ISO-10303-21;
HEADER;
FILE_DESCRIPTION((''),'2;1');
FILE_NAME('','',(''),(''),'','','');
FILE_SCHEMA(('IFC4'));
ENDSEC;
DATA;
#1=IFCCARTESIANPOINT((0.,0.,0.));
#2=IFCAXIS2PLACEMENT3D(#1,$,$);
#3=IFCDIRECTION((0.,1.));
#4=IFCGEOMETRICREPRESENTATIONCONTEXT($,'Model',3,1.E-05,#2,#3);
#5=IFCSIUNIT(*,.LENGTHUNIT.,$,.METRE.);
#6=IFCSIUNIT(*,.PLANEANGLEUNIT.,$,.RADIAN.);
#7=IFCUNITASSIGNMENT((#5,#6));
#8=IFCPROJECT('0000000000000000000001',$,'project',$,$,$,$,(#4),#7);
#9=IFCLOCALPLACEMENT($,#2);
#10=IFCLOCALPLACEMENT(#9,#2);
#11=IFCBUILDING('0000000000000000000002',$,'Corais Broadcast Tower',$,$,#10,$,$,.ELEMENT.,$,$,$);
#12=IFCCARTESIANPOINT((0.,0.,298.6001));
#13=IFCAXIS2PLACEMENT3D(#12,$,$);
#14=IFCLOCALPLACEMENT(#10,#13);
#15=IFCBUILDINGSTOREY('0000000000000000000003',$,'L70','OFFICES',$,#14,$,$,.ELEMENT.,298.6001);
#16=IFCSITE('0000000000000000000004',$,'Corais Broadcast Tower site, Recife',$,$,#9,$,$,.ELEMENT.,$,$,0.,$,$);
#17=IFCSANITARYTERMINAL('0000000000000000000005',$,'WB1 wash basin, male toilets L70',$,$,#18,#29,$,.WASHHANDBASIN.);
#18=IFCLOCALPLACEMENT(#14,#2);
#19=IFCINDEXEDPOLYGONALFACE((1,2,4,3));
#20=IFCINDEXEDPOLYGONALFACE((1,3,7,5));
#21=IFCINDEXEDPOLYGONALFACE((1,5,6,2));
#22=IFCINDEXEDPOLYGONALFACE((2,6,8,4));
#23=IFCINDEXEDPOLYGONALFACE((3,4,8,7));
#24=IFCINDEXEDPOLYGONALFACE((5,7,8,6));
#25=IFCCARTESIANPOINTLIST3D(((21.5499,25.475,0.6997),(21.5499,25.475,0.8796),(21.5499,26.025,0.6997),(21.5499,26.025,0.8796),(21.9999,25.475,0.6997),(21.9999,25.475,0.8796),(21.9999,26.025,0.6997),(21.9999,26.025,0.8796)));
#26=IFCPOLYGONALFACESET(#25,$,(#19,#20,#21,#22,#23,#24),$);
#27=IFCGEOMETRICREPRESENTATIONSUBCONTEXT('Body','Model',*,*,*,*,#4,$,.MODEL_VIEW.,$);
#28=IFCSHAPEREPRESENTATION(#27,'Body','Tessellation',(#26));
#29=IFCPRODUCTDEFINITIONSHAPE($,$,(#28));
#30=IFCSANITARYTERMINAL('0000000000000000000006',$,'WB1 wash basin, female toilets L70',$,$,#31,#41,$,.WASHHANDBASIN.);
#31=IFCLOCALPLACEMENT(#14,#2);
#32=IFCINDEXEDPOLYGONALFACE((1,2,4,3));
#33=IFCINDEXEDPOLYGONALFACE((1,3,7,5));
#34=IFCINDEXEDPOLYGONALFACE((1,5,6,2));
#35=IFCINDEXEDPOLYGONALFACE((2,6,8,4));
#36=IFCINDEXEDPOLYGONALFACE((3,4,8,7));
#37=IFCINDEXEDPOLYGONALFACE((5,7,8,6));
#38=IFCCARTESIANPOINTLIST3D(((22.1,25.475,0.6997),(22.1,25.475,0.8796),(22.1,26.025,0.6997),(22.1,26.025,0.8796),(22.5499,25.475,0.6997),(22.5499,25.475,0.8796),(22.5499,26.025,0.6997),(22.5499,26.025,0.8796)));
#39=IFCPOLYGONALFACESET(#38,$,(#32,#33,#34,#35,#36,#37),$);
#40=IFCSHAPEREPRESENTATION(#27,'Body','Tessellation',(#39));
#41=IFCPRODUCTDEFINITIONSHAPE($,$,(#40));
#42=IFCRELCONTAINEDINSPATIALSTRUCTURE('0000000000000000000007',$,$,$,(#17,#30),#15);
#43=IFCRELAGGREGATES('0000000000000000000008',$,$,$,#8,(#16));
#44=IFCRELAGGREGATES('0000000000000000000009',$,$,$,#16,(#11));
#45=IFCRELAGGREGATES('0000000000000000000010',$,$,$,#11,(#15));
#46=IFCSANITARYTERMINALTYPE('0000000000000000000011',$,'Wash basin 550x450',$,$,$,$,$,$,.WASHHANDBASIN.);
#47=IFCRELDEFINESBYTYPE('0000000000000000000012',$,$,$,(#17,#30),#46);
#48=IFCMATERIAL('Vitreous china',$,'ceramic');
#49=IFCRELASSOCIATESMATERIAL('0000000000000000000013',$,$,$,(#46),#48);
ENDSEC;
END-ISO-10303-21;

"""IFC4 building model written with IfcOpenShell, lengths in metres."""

from ifc_helpers import new_model, si_unit, direction, frame, origin, origin_2d, place, context, subcontext, project, spatial, rectangle, extrude, material, type_object, element, save


model = new_model("IFC4")

# Units and contexts
model_context = context("Model", 3, precision=1e-05, world=origin(), true_north=direction((0.0, 1.0)))
body_context = subcontext(model_context, "Body", "Model", "MODEL_VIEW")
ifc_project = project(units=[si_unit("LENGTHUNIT", "METRE"), si_unit("PLANEANGLEUNIT", "RADIAN")], contexts=[model_context])

# Site, building, storey
site_placement = place(None, origin())
site = spatial("IfcSite", under=ifc_project, at=site_placement, Name="Corais Broadcast Tower site, Recife", CompositionType="ELEMENT", RefElevation=0.0)
building_placement = place(site_placement, origin())
building = spatial("IfcBuilding", under=site, at=building_placement, Name="Corais Broadcast Tower", CompositionType="ELEMENT")
storey_placement = place(building_placement, frame((0.0, 0.0, 298.6001)))
storey = spatial("IfcBuildingStorey", under=building, at=storey_placement, Name="L70", Description="OFFICES", CompositionType="ELEMENT", Elevation=298.6001)

# Sanitary terminals
ifc_material_1 = material(Name="Vitreous china", Category="ceramic")
sanitary_terminal_type_1 = type_object("IfcSanitaryTerminalType", Name="Wash basin 550x450", PredefinedType="WASHHANDBASIN", material=ifc_material_1)
for number, where, z_axis, x_axis, name in (
    (1, (21.7749, 25.75, 0.6997), (0.0, 0.0, 1.0), (1.0, 0.0, 0.0), "WB1 wash basin, male toilets L70"),
    (2, (22.325, 25.75, 0.6997), (0.0, 0.0, 1.0), (1.0, 0.0, 0.0), "WB1 wash basin, female toilets L70"),
):
    element("IfcSanitaryTerminal", number, at=place(storey_placement, frame(where, z_axis=z_axis, x_axis=x_axis)), inside=storey, type_object=sanitary_terminal_type_1, Name=name, PredefinedType="WASHHANDBASIN", context=body_context, shape_type="SweptSolid", body=[
        extrude(rectangle(XDim=0.45, YDim=0.55, at=origin_2d()), origin(), (0.0, 0.0, 1.0), 0.1799),
    ])

save(model, "model.ifc")
